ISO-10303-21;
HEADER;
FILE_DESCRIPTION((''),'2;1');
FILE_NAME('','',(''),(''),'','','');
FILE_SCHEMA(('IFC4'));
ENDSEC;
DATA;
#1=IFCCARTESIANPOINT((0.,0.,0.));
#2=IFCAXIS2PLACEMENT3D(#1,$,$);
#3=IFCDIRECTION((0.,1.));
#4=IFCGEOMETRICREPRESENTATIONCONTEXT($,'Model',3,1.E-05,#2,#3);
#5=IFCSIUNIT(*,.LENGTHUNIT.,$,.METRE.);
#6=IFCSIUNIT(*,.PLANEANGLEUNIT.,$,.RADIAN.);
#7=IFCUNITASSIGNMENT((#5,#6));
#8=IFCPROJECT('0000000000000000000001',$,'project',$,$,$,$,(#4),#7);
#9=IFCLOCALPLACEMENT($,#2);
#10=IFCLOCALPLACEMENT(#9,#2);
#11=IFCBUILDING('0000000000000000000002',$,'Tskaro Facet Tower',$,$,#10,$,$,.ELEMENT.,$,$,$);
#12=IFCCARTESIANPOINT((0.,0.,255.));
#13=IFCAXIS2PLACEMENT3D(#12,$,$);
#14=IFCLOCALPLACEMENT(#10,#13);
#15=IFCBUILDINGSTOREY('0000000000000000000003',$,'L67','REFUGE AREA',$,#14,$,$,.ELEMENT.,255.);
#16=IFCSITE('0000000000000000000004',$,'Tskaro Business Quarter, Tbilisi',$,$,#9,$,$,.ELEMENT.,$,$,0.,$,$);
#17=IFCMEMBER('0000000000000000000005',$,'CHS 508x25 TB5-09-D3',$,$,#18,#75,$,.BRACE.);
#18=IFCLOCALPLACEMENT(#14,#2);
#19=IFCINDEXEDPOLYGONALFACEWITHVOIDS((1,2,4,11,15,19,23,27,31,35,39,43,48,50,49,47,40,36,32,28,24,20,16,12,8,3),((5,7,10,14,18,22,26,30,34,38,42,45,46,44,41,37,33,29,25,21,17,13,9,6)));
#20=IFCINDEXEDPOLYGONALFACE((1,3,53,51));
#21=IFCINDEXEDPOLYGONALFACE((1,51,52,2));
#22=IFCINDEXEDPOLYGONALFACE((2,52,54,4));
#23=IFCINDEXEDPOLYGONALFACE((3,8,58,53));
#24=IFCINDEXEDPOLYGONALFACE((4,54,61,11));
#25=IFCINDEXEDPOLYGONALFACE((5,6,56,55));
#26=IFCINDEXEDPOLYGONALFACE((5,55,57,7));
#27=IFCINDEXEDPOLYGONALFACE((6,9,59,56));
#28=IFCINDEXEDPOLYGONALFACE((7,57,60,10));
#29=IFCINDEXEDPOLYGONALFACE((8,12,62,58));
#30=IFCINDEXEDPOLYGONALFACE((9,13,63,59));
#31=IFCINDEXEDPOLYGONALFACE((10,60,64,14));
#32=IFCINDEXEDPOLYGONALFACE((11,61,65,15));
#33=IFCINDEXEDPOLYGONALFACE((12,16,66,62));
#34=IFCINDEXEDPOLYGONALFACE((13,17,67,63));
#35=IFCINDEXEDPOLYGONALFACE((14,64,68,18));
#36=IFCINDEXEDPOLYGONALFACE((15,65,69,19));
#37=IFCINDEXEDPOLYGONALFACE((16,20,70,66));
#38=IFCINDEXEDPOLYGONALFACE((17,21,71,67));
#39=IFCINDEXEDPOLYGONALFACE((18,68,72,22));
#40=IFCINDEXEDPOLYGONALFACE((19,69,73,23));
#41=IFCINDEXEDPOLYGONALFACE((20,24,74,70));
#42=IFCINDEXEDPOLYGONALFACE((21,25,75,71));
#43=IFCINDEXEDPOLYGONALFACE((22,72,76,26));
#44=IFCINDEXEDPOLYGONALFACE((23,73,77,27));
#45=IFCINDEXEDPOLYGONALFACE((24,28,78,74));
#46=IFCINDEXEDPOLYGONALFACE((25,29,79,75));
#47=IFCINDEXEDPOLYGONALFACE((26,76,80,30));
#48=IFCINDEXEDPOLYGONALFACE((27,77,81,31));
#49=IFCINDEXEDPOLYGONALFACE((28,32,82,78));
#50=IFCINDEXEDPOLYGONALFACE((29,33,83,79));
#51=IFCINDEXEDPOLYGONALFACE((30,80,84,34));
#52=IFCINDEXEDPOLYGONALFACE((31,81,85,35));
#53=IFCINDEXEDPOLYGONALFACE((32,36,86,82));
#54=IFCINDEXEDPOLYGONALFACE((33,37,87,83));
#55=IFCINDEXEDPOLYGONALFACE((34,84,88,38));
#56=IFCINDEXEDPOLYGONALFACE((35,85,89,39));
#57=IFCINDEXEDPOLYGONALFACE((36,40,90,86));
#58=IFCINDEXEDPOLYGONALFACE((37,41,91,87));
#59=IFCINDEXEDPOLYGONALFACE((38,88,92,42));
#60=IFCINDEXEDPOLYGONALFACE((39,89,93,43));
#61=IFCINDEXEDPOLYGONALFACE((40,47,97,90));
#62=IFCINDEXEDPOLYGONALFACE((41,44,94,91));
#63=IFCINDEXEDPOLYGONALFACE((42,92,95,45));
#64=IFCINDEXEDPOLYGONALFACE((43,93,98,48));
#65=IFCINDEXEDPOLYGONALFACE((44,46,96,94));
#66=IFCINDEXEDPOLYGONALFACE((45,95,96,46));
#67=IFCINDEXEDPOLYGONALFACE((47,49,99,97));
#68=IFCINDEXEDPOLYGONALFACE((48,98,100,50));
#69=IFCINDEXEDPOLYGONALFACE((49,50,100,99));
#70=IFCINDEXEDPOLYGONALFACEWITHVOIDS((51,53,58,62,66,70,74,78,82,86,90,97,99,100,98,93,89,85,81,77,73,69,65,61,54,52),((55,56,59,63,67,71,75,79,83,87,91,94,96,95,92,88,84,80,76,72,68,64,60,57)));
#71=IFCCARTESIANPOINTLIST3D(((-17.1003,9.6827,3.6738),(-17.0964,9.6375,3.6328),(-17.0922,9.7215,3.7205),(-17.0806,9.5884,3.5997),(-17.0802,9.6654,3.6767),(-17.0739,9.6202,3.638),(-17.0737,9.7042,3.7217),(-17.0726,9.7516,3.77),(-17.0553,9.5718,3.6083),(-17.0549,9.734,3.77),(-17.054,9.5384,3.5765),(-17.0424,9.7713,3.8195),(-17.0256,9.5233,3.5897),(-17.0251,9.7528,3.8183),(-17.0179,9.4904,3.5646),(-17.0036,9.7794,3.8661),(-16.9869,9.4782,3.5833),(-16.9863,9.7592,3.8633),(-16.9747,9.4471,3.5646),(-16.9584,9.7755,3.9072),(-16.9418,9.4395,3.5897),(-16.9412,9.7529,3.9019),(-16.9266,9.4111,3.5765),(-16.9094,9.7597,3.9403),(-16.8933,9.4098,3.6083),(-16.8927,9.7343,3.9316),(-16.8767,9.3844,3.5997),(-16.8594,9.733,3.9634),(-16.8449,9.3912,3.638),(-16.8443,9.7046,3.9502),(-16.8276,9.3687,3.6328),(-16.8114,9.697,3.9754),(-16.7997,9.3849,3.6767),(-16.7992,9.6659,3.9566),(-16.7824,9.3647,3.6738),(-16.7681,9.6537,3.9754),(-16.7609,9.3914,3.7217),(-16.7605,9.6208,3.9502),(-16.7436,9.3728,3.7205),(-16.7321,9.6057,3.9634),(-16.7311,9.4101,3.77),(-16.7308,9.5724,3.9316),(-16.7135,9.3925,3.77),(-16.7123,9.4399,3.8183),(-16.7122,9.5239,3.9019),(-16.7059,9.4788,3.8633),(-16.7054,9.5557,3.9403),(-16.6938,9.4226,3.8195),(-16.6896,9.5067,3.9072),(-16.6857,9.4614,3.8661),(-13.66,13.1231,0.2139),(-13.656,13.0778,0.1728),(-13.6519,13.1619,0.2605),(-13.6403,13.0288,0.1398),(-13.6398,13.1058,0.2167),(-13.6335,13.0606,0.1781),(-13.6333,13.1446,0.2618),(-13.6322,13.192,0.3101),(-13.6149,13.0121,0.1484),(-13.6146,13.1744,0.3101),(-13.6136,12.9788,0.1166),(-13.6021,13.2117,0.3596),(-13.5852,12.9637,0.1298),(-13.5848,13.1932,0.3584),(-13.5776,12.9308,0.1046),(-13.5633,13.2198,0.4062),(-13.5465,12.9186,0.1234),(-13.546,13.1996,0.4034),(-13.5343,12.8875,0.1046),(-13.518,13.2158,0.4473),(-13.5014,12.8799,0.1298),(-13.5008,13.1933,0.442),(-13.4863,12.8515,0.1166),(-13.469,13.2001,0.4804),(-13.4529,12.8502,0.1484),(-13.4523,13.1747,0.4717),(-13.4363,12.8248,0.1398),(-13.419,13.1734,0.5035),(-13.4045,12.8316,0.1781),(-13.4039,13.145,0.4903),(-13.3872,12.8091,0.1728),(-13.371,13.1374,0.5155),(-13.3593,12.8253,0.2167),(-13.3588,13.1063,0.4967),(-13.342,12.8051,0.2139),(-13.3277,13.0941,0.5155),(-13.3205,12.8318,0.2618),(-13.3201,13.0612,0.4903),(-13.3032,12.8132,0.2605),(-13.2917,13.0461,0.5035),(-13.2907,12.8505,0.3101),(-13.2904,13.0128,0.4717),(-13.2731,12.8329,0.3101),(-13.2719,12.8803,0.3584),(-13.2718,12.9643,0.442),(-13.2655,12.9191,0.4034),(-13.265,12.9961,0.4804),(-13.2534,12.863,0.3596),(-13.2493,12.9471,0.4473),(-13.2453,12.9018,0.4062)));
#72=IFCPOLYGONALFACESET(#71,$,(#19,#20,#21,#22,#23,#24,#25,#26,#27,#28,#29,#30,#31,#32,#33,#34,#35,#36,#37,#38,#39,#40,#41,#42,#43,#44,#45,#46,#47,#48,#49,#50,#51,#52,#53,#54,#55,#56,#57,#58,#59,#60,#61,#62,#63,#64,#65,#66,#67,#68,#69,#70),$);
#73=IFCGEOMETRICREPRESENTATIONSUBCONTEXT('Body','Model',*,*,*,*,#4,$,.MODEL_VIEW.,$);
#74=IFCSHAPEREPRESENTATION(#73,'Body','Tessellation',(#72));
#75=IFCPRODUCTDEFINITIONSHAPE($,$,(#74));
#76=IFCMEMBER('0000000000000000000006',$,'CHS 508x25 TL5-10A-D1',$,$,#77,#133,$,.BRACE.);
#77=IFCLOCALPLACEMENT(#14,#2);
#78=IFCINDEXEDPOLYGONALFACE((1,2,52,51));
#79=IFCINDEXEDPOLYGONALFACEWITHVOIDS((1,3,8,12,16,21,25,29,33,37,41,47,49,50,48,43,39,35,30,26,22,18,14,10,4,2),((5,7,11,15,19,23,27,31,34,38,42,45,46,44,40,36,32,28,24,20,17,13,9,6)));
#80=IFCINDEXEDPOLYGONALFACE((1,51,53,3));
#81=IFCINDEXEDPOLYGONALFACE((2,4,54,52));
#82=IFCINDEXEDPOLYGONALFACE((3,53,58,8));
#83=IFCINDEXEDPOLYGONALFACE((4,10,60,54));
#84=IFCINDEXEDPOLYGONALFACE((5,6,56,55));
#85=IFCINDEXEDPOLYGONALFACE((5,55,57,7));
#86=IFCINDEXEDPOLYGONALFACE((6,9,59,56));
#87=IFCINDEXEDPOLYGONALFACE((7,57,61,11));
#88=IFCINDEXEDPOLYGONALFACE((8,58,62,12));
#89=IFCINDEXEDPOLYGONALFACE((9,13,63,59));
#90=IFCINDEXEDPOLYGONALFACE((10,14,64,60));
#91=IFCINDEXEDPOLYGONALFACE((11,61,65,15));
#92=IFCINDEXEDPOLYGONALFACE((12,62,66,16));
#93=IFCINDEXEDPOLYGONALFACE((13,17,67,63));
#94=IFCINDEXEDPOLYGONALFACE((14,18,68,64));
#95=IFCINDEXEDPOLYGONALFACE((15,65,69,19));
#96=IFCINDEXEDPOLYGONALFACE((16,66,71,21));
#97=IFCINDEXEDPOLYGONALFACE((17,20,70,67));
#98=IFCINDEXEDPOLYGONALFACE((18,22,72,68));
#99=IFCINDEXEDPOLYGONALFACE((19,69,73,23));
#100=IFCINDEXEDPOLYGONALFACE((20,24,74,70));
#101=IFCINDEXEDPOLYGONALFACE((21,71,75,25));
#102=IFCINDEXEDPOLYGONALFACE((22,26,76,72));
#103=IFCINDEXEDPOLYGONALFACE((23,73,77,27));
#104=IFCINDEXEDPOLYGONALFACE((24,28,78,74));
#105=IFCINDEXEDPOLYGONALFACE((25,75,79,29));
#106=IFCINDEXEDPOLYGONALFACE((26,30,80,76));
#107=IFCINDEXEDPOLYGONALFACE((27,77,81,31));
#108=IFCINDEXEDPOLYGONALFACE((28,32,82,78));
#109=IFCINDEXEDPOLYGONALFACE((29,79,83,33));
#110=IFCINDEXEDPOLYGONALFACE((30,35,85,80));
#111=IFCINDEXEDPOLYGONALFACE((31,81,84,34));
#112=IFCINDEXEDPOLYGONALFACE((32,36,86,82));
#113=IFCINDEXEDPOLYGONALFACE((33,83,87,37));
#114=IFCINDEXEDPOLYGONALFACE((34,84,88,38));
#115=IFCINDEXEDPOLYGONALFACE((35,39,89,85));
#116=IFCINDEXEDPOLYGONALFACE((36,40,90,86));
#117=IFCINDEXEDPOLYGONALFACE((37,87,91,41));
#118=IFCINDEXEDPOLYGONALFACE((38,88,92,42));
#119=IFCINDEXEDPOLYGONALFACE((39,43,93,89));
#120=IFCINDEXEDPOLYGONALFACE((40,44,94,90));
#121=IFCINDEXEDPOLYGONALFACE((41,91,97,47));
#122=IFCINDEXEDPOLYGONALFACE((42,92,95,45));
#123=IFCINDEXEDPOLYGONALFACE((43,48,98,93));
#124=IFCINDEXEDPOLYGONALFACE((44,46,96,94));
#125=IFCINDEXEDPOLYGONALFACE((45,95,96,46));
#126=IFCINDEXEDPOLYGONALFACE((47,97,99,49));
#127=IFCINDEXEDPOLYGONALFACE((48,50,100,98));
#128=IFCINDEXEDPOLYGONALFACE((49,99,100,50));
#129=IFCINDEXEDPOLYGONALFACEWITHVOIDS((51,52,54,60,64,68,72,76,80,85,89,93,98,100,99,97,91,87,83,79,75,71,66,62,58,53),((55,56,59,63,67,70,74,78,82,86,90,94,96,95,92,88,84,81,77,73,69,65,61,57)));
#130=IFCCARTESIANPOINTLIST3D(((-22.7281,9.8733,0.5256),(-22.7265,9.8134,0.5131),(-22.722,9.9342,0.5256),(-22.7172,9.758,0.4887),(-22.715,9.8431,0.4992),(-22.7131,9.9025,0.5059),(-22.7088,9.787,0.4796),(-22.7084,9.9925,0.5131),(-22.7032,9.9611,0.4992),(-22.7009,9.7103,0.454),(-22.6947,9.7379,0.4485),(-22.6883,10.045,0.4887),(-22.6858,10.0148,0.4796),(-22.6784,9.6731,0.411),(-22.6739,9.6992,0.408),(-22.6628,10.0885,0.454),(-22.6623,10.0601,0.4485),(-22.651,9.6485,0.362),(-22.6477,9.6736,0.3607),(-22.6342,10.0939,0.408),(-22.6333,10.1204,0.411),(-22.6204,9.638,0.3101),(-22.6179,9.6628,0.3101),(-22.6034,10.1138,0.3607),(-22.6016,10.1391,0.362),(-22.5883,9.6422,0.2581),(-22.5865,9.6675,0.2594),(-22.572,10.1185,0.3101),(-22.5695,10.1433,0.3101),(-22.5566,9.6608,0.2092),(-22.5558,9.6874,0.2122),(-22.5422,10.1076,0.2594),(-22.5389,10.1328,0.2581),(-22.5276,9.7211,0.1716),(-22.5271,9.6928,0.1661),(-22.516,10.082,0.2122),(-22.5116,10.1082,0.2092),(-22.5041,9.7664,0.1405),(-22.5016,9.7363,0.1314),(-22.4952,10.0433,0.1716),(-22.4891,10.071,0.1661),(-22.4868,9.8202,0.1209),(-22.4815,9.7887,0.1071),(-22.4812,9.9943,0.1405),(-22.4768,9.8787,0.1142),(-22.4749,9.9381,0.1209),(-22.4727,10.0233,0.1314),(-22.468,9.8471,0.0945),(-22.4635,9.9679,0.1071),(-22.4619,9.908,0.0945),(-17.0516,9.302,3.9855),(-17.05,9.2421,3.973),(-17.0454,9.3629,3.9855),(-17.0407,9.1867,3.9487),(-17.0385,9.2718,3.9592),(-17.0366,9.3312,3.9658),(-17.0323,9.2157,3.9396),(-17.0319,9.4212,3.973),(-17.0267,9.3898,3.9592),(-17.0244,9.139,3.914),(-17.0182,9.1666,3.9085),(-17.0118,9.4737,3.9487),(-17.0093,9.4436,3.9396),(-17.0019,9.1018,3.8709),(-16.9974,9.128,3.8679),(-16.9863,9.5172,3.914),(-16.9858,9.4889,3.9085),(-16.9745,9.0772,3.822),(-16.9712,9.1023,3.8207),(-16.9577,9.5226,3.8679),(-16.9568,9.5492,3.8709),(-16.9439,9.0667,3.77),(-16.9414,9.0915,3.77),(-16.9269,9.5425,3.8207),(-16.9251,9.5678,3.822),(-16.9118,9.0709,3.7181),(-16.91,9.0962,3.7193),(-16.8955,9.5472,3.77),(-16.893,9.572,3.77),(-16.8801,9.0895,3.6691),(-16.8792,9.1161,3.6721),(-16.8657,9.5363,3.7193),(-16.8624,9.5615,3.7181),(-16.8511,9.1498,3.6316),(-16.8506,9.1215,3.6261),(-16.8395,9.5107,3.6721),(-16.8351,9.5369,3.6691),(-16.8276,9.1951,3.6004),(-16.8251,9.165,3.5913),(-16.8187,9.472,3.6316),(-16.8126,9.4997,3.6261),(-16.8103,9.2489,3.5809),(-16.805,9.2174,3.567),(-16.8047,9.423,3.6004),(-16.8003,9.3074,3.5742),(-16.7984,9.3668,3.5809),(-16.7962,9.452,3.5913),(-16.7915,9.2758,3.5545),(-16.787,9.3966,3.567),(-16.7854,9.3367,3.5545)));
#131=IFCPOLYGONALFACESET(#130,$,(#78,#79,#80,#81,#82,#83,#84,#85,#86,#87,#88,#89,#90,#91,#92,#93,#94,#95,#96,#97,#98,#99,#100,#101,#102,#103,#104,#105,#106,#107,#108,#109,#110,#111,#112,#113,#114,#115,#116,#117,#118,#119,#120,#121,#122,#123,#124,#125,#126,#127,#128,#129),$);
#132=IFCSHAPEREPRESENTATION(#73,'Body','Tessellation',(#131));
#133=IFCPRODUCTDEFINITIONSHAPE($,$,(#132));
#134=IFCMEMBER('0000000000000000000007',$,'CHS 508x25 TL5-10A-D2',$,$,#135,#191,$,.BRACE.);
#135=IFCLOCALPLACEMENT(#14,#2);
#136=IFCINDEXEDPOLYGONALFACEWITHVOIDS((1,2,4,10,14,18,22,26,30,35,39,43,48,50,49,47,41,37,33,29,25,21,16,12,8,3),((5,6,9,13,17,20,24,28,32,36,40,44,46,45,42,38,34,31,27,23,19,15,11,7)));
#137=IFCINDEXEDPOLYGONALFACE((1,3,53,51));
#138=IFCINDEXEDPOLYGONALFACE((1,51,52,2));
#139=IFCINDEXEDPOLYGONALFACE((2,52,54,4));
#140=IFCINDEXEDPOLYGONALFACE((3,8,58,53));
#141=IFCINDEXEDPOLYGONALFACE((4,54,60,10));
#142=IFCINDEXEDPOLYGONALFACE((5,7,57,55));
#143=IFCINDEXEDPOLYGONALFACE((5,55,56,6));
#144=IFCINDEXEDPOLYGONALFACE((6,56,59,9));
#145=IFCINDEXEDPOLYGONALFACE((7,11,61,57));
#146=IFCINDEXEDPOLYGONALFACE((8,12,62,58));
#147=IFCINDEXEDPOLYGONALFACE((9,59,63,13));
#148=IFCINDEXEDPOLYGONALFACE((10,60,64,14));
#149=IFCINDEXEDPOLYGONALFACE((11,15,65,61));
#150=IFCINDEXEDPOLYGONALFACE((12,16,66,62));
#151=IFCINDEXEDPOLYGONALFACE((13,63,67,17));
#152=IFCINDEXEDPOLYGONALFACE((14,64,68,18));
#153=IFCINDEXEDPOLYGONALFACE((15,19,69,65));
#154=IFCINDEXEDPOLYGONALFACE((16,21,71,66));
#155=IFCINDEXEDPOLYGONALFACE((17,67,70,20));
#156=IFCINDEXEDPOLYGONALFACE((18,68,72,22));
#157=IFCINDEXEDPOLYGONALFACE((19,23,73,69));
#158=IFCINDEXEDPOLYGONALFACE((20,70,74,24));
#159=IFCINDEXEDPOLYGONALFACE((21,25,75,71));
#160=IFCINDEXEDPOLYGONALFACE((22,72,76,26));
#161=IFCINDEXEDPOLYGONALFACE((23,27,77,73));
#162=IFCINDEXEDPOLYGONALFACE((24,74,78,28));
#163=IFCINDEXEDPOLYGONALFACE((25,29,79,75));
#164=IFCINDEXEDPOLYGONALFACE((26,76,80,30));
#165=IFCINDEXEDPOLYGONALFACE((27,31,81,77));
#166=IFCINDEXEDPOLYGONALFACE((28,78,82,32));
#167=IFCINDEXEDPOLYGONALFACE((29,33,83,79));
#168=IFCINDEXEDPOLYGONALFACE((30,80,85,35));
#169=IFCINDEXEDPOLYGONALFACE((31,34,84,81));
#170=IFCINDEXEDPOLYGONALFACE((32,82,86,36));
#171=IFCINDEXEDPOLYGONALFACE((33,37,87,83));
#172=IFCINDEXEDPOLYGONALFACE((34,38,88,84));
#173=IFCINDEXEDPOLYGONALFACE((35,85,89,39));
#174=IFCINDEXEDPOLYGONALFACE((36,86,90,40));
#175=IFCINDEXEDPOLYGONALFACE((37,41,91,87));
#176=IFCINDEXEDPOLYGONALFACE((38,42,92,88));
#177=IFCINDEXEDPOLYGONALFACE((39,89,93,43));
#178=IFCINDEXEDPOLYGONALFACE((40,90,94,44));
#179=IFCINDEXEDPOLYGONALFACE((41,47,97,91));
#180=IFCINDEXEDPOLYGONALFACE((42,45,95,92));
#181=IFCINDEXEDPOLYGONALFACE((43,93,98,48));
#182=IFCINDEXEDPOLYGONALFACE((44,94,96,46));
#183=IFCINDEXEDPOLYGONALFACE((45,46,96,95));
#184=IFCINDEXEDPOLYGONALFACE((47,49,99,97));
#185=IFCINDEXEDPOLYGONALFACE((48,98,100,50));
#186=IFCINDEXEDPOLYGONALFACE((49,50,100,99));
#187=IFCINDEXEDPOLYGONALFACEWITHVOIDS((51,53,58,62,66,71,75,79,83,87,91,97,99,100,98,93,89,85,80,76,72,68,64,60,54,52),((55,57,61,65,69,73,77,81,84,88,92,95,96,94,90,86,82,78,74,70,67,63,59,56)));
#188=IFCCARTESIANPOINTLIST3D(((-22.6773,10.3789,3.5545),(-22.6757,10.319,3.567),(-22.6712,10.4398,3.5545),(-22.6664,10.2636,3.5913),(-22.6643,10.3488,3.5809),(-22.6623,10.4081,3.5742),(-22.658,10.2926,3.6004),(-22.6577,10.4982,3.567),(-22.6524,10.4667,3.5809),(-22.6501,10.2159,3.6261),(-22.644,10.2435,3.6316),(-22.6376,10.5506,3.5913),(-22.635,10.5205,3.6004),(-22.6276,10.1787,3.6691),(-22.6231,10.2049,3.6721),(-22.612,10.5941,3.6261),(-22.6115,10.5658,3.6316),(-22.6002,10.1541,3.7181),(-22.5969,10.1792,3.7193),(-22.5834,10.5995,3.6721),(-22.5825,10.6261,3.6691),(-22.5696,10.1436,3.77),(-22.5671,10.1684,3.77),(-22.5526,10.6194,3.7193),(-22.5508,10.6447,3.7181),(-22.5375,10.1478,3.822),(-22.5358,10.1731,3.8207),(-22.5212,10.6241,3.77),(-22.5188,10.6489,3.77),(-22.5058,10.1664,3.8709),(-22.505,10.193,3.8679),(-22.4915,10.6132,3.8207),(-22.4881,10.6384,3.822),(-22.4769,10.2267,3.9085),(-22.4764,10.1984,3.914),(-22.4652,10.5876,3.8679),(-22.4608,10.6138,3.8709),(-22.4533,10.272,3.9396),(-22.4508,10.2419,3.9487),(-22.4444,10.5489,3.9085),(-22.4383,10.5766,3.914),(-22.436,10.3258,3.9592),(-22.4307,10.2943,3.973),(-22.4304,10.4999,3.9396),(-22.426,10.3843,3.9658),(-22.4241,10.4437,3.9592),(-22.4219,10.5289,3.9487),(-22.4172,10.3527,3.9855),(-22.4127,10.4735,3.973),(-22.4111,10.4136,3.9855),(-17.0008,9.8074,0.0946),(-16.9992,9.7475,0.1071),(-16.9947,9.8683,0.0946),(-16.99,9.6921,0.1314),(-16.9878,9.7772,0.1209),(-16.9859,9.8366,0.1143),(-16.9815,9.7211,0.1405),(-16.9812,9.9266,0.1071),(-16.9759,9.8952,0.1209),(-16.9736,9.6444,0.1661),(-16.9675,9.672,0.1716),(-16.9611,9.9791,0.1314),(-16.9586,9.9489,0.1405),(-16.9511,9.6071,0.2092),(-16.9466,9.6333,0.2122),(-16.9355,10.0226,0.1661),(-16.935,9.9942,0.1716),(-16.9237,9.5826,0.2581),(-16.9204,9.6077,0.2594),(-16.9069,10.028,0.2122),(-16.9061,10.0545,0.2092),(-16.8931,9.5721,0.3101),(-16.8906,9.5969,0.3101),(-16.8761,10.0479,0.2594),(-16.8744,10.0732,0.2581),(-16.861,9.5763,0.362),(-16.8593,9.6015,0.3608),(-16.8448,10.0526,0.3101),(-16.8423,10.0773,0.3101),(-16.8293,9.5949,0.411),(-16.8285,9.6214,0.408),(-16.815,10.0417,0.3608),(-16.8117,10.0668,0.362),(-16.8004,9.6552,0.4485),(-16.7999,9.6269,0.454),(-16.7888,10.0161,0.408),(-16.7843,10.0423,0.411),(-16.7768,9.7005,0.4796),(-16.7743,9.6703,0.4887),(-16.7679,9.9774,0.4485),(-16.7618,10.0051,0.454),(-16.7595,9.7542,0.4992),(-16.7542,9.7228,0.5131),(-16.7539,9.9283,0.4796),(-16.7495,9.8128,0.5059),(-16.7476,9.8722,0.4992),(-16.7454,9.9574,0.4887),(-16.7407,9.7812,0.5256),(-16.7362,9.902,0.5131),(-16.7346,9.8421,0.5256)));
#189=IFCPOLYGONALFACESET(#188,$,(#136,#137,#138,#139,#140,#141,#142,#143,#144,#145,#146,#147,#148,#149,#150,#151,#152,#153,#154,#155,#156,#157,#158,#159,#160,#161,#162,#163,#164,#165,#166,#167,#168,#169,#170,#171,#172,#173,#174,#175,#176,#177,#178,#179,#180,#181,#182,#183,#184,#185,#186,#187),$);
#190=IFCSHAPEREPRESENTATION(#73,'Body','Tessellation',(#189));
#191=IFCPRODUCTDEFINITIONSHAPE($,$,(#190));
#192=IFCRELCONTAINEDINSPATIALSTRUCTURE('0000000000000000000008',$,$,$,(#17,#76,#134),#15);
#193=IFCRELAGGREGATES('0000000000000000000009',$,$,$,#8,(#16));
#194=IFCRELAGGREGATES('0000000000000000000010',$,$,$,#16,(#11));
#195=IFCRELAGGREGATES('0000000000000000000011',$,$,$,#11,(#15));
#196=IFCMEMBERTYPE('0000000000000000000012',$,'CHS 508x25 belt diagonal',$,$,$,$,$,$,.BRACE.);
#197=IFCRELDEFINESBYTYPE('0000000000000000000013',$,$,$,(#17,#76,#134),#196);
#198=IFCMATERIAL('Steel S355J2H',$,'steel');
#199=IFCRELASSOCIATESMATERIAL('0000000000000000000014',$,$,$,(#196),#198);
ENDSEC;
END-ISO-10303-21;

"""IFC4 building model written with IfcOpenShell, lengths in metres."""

from ifc_helpers import new_model, si_unit, direction, frame, origin, origin_2d, place, context, subcontext, project, spatial, hollow_circle, extrude, material, material_profile, profile_set, type_object, element, save


model = new_model("IFC4")

# Units and contexts
model_context = context("Model", 3, precision=1e-05, world=origin(), true_north=direction((0.0, 1.0)))
body_context = subcontext(model_context, "Body", "Model", "MODEL_VIEW")
ifc_project = project(units=[si_unit("LENGTHUNIT", "METRE"), si_unit("PLANEANGLEUNIT", "RADIAN")], contexts=[model_context])

# Site, building, storey
site_placement = place(None, origin())
site = spatial("IfcSite", under=ifc_project, at=site_placement, Name="Tskaro Business Quarter, Tbilisi", CompositionType="ELEMENT", RefElevation=0.0)
building_placement = place(site_placement, origin())
building = spatial("IfcBuilding", under=site, at=building_placement, Name="Tskaro Facet Tower", CompositionType="ELEMENT")
storey_placement = place(building_placement, frame((0.0, 0.0, 255.0)))
storey = spatial("IfcBuildingStorey", under=building, at=storey_placement, Name="L67", Description="REFUGE AREA", CompositionType="ELEMENT", Elevation=255.0)

# Shared definitions
ifc_material_1 = material(Name="Steel S355J2H", Category="steel")

# Members
ifc_material_profile_1 = material_profile(ifc_material_1, hollow_circle(Radius=0.2539, WallThickness=0.0249, at=origin_2d()), Name="CHS 508x25")
ifc_profile_set_1 = profile_set([ifc_material_profile_1], Name="Steel S355J2H")
member_type_1 = type_object("IfcMemberType", Name="CHS 508x25 belt diagonal", PredefinedType="BRACE", material=ifc_profile_set_1)
member_1_placement = place(storey_placement, frame((-13.4526, 13.0125, 0.3101), z_axis=(-0.576258, -0.576258, 0.579529), x_axis=(0.707107, -0.707107, 0.0)))
element("IfcMember", 1, at=member_1_placement, inside=storey, type_object=member_type_1, Name="CHS 508x25 TB5-09-D3", PredefinedType="BRACE", context=body_context, shape_type="SweptSolid", body=[
    extrude(hollow_circle(Radius=0.2539, WallThickness=0.0249, at=origin_2d()), origin(), (0.0, 0.0, 1.0), 5.9702),
])
for number, where, z_axis, x_axis, name in (
    (2, (-22.595, 9.8906, 0.3101), (0.850749, -0.08562, 0.518551), (0.100135, 0.994974, 0.0), "CHS 508x25 TL5-10A-D1"),
    (3, (-22.5442, 10.3962, 3.77), (0.850747, -0.085656, -0.518549), (0.100177, 0.99497, 0.0), "CHS 508x25 TL5-10A-D2"),
):
    element("IfcMember", number, at=place(storey_placement, frame(where, z_axis=z_axis, x_axis=x_axis)), inside=storey, type_object=member_type_1, Name=name, PredefinedType="BRACE", context=body_context, shape_type="SweptSolid", body=[
        extrude(hollow_circle(Radius=0.2539, WallThickness=0.0249, at=origin_2d()), origin(), (0.0, 0.0, 1.0), 6.6724),
    ])

save(model, "model.ifc")
